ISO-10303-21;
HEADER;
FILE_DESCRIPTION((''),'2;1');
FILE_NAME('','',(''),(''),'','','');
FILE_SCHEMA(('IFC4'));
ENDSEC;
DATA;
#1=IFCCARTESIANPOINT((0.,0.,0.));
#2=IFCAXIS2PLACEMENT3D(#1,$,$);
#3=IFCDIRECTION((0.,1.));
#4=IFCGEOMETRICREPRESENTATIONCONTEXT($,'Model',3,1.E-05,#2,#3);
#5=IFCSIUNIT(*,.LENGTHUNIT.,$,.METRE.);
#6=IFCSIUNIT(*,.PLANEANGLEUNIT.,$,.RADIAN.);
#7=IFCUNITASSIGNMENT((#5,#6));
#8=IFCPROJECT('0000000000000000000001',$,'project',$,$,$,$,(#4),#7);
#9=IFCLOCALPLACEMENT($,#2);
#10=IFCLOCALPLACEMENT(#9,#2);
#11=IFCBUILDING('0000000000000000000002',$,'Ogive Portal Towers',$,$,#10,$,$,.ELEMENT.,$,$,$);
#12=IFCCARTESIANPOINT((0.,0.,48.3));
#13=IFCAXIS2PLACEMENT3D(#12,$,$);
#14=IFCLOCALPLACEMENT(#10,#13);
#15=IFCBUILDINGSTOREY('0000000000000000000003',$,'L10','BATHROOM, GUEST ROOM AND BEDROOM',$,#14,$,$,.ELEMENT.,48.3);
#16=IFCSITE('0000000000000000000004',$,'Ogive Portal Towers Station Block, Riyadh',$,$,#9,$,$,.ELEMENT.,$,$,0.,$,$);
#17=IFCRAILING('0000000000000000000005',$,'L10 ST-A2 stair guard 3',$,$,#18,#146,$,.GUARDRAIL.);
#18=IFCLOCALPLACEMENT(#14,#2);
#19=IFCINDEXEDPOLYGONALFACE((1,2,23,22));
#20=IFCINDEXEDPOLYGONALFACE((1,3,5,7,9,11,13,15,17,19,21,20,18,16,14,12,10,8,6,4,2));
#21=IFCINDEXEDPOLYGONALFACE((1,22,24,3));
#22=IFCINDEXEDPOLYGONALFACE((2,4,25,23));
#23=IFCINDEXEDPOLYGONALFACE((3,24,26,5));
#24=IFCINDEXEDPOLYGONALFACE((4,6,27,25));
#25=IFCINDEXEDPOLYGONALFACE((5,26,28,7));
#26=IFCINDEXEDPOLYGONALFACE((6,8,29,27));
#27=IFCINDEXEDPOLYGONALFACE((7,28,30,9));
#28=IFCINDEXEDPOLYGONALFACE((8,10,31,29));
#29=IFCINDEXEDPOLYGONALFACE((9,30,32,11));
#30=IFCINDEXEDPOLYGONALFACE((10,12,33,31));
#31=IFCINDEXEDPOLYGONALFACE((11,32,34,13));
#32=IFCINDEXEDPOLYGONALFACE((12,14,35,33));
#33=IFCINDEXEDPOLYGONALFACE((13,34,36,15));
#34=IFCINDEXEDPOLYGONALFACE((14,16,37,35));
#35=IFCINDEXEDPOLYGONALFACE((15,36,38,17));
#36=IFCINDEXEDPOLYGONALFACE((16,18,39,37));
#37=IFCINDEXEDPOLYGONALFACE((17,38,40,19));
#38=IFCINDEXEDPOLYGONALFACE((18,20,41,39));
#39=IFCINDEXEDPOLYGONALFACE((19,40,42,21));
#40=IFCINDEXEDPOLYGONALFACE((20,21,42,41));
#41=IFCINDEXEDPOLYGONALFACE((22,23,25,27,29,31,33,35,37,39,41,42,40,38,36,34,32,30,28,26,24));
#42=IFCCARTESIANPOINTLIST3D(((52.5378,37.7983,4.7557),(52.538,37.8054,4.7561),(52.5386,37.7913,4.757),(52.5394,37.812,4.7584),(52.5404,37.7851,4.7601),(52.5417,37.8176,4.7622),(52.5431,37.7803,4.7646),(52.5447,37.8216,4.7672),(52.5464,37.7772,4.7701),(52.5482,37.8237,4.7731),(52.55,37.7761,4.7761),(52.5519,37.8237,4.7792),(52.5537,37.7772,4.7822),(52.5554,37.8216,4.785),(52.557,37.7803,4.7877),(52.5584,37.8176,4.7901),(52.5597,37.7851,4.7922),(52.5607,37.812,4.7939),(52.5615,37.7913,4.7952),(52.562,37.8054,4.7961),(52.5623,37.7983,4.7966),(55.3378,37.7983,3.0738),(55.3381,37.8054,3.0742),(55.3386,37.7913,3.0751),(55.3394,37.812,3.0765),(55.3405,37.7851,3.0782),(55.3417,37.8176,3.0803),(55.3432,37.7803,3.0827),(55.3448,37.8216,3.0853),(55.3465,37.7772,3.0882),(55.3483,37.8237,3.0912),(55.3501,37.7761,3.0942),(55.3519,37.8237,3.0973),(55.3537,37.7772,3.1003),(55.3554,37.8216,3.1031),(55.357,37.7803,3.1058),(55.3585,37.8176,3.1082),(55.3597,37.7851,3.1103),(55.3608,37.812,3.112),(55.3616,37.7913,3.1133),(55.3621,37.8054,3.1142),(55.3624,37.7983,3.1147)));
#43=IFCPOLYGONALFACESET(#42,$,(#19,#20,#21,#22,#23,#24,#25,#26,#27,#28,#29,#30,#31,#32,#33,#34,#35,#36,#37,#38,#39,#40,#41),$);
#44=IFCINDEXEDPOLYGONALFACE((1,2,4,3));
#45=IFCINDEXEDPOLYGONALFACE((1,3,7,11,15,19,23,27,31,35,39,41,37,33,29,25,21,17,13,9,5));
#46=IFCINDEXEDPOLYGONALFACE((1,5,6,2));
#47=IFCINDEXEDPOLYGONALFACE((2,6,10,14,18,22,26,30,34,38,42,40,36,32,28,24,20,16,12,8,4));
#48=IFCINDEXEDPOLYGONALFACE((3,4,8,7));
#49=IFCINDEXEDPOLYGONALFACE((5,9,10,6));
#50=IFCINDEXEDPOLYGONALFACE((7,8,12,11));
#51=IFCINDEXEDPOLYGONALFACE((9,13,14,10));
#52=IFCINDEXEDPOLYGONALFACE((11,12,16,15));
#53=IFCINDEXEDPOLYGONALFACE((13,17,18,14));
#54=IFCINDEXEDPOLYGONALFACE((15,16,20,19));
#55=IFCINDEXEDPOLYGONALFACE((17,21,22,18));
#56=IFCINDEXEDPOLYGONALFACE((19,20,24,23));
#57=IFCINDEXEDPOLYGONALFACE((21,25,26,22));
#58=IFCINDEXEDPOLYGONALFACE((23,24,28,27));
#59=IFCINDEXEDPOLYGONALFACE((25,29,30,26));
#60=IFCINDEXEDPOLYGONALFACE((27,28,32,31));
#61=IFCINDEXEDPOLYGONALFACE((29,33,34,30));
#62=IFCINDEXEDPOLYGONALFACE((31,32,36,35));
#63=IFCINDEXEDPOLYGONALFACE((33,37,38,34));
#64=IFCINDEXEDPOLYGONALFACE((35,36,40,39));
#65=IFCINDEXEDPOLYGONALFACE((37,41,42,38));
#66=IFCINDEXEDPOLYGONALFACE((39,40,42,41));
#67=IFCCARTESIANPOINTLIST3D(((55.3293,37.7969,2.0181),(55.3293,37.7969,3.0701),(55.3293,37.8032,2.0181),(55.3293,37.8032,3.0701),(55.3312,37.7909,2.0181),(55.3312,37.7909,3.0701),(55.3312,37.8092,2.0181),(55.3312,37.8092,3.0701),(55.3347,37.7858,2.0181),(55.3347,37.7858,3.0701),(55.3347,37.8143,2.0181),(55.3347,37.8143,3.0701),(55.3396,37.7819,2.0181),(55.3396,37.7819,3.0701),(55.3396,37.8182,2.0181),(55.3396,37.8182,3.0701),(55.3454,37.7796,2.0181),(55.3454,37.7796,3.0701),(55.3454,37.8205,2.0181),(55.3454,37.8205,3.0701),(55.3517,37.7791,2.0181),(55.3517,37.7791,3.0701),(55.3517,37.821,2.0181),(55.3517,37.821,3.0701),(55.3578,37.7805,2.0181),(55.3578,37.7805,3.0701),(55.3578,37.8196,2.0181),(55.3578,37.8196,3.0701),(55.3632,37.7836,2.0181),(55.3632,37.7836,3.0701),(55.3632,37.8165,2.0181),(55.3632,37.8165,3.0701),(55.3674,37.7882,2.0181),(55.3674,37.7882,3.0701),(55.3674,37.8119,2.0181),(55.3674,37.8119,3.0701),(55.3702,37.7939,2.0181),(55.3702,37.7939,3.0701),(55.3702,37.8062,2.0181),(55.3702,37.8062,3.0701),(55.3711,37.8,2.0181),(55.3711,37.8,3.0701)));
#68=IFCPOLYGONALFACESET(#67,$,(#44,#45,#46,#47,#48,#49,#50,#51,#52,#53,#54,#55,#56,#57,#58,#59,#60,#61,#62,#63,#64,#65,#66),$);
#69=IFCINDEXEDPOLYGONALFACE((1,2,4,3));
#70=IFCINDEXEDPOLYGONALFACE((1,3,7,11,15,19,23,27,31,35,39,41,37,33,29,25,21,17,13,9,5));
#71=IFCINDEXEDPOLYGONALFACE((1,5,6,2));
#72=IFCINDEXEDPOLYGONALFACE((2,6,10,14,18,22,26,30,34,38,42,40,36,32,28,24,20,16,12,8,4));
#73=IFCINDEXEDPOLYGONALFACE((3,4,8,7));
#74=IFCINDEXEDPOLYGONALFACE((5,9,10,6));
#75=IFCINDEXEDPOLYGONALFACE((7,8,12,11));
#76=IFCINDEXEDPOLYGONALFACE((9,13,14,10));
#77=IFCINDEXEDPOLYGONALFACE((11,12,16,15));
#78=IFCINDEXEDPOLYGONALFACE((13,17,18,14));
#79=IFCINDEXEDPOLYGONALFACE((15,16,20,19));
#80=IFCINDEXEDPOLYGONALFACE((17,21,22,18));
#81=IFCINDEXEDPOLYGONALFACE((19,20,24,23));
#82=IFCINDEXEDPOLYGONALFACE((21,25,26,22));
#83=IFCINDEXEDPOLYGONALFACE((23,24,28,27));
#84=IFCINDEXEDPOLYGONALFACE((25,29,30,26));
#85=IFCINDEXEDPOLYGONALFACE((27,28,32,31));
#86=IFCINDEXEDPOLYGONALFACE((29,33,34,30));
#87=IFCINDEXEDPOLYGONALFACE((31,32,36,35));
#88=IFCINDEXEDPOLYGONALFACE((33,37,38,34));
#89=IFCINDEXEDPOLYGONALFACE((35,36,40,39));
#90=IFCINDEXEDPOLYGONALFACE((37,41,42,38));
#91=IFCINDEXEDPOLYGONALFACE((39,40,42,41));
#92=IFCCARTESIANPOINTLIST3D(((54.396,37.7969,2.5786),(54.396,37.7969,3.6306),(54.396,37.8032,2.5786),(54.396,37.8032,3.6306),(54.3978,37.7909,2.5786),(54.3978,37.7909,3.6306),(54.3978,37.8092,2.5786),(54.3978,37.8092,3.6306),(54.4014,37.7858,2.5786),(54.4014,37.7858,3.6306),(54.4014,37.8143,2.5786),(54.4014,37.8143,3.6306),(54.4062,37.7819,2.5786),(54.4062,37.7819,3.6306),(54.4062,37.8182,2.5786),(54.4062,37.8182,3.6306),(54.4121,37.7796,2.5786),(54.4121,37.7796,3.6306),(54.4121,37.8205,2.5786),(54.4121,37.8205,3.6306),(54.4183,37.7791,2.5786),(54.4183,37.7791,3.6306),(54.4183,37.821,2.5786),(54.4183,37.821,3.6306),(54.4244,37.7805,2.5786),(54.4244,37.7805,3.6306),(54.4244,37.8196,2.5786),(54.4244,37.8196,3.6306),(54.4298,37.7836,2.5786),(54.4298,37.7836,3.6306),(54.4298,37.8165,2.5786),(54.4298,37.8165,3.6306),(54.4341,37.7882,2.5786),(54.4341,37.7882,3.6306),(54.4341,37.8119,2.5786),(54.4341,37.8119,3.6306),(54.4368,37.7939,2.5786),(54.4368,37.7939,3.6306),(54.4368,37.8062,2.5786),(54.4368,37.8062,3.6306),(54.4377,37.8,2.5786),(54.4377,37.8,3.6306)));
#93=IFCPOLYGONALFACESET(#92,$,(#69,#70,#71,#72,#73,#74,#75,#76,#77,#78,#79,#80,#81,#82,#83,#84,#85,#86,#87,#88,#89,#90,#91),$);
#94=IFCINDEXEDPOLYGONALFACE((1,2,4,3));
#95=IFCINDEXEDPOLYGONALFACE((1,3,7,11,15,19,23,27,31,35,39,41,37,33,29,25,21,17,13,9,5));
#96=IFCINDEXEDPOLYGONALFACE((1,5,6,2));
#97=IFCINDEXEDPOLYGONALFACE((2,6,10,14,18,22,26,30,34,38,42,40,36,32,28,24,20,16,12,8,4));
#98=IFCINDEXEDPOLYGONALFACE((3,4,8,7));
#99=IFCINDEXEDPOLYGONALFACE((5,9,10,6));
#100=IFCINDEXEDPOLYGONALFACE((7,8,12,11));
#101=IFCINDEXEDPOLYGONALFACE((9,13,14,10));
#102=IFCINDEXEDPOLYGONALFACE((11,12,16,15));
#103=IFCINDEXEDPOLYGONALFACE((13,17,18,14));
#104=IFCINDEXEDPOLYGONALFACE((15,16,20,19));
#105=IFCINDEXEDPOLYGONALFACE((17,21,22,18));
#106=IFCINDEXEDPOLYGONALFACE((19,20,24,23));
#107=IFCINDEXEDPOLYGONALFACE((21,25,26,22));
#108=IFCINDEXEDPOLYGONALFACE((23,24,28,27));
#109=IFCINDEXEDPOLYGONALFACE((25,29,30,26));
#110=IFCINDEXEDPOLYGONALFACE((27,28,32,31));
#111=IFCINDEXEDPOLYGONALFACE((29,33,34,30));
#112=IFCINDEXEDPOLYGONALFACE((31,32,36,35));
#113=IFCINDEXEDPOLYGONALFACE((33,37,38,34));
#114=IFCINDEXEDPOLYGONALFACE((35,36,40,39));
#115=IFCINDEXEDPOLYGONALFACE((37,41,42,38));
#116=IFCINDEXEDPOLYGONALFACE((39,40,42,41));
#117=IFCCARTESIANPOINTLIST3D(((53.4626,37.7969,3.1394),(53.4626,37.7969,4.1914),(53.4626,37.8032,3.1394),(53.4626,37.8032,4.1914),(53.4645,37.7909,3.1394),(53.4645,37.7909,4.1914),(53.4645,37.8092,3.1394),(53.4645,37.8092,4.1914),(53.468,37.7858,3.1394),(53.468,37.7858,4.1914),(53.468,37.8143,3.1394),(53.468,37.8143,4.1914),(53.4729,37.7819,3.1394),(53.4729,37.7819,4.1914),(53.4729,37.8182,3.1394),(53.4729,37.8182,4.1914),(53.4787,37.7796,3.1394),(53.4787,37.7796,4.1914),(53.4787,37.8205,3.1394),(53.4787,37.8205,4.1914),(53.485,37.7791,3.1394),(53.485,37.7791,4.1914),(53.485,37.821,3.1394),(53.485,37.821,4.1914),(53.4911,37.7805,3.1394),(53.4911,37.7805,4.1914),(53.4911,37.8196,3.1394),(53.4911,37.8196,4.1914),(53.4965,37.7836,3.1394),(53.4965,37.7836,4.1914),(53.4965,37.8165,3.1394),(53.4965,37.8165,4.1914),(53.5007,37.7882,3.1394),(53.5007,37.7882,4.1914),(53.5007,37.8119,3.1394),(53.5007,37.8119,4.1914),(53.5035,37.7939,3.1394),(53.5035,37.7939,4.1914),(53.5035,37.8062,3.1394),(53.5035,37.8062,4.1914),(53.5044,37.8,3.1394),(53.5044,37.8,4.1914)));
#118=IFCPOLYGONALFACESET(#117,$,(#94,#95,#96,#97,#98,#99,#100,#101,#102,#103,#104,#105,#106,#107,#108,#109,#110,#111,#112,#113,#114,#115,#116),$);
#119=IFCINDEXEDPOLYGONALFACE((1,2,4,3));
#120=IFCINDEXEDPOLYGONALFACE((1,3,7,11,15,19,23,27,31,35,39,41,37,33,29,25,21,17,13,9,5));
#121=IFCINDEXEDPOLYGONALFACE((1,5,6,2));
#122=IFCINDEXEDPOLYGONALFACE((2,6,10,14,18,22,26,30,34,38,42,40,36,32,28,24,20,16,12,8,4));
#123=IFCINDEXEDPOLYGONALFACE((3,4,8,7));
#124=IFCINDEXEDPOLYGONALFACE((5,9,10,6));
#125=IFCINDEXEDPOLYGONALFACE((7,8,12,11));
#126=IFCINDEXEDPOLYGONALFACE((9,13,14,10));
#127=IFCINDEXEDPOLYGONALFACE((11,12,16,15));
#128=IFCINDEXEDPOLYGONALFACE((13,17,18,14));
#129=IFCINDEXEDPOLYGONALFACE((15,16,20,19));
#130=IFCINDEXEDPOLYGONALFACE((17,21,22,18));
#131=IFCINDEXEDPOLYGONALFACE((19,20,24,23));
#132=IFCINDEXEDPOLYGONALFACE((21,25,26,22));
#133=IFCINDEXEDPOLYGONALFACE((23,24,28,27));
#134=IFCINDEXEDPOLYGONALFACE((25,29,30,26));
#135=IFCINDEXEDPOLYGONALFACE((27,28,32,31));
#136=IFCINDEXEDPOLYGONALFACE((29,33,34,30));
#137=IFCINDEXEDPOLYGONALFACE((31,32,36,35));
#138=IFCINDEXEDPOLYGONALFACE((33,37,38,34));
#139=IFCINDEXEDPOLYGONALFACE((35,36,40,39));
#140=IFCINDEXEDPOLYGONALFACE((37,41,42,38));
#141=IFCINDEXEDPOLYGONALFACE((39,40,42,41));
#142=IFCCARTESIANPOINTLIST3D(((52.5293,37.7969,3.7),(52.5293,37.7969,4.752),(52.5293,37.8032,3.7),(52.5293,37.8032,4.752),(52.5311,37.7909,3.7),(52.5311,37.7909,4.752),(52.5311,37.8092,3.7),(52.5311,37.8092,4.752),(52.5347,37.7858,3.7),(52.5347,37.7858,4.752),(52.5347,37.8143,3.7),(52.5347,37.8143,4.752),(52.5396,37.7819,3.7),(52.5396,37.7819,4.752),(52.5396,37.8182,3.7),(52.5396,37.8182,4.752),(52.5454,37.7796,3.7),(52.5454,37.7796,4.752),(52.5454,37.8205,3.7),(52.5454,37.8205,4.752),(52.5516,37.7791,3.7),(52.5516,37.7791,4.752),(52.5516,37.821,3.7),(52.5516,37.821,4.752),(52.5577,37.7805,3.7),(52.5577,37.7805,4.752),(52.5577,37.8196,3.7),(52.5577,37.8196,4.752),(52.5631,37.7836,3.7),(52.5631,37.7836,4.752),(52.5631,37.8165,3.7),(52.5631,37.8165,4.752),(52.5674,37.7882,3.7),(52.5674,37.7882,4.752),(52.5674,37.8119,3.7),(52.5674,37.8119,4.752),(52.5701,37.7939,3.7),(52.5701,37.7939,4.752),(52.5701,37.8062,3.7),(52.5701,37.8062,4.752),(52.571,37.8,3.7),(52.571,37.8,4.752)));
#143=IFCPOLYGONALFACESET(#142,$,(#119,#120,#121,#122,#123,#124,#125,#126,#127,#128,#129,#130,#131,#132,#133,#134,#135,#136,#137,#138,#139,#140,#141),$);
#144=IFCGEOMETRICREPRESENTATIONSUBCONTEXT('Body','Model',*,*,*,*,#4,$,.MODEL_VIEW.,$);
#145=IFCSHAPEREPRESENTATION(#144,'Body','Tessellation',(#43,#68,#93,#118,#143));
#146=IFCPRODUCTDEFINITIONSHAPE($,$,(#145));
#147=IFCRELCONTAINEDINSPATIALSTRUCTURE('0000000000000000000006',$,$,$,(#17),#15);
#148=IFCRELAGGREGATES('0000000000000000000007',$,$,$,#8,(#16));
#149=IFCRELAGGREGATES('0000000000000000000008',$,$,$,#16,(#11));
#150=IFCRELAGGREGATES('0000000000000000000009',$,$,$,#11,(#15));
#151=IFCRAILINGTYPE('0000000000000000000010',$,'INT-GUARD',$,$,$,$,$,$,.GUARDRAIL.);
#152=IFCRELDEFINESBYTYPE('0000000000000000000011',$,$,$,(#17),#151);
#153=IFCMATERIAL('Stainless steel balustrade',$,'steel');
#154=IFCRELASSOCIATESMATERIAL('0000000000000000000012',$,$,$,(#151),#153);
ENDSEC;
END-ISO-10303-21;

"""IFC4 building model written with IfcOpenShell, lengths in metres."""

from ifc_helpers import new_model, si_unit, direction, frame, origin, origin_2d, place, context, subcontext, project, spatial, circle, extrude, material, type_object, element, save


model = new_model("IFC4")

# Units and contexts
model_context = context("Model", 3, precision=1e-05, world=origin(), true_north=direction((0.0, 1.0)))
body_context = subcontext(model_context, "Body", "Model", "MODEL_VIEW")
ifc_project = project(units=[si_unit("LENGTHUNIT", "METRE"), si_unit("PLANEANGLEUNIT", "RADIAN")], contexts=[model_context])

# Site, building, storey
site_placement = place(None, origin())
site = spatial("IfcSite", under=ifc_project, at=site_placement, Name="Ogive Portal Towers Station Block, Riyadh", CompositionType="ELEMENT", RefElevation=0.0)
building_placement = place(site_placement, origin())
building = spatial("IfcBuilding", under=site, at=building_placement, Name="Ogive Portal Towers", CompositionType="ELEMENT")
storey_placement = place(building_placement, frame((0.0, 0.0, 48.3)))
storey = spatial("IfcBuildingStorey", under=building, at=storey_placement, Name="L10", Description="BATHROOM, GUEST ROOM AND BEDROOM", CompositionType="ELEMENT", Elevation=48.3)

# Railing
ifc_material_1 = material(Name="Stainless steel balustrade", Category="steel")
railing_type_1 = type_object("IfcRailingType", Name="INT-GUARD", PredefinedType="GUARDRAIL", material=ifc_material_1)
railing_1_placement = place(storey_placement, frame((55.3501, 37.8, 2.0181)))
element("IfcRailing", 1, at=railing_1_placement, inside=storey, type_object=railing_type_1, Name="L10 ST-A2 stair guard 3", PredefinedType="GUARDRAIL", context=body_context, shape_type="SweptSolid", body=[
    extrude(circle(Radius=0.0239, at=origin_2d()), frame((0.0, 0.0, 1.0762), z_axis=(-0.857242, 0.0, 0.514913), x_axis=(0.0, -1.0, 0.0)), (0.0, 0.0, 1.0), 3.2664),
    extrude(circle(Radius=0.021, at=origin_2d()), origin(), (0.0, 0.0, 1.0), 1.052),
    extrude(circle(Radius=0.021, at=origin_2d()), frame((-0.9333, 0.0, 0.5605)), (0.0, 0.0, 1.0), 1.052),
    extrude(circle(Radius=0.021, at=origin_2d()), frame((-1.8667, 0.0, 1.1213)), (0.0, 0.0, 1.0), 1.052),
    extrude(circle(Radius=0.021, at=origin_2d()), frame((-2.8, 0.0, 1.6819)), (0.0, 0.0, 1.0), 1.052),
])

save(model, "model.ifc")
